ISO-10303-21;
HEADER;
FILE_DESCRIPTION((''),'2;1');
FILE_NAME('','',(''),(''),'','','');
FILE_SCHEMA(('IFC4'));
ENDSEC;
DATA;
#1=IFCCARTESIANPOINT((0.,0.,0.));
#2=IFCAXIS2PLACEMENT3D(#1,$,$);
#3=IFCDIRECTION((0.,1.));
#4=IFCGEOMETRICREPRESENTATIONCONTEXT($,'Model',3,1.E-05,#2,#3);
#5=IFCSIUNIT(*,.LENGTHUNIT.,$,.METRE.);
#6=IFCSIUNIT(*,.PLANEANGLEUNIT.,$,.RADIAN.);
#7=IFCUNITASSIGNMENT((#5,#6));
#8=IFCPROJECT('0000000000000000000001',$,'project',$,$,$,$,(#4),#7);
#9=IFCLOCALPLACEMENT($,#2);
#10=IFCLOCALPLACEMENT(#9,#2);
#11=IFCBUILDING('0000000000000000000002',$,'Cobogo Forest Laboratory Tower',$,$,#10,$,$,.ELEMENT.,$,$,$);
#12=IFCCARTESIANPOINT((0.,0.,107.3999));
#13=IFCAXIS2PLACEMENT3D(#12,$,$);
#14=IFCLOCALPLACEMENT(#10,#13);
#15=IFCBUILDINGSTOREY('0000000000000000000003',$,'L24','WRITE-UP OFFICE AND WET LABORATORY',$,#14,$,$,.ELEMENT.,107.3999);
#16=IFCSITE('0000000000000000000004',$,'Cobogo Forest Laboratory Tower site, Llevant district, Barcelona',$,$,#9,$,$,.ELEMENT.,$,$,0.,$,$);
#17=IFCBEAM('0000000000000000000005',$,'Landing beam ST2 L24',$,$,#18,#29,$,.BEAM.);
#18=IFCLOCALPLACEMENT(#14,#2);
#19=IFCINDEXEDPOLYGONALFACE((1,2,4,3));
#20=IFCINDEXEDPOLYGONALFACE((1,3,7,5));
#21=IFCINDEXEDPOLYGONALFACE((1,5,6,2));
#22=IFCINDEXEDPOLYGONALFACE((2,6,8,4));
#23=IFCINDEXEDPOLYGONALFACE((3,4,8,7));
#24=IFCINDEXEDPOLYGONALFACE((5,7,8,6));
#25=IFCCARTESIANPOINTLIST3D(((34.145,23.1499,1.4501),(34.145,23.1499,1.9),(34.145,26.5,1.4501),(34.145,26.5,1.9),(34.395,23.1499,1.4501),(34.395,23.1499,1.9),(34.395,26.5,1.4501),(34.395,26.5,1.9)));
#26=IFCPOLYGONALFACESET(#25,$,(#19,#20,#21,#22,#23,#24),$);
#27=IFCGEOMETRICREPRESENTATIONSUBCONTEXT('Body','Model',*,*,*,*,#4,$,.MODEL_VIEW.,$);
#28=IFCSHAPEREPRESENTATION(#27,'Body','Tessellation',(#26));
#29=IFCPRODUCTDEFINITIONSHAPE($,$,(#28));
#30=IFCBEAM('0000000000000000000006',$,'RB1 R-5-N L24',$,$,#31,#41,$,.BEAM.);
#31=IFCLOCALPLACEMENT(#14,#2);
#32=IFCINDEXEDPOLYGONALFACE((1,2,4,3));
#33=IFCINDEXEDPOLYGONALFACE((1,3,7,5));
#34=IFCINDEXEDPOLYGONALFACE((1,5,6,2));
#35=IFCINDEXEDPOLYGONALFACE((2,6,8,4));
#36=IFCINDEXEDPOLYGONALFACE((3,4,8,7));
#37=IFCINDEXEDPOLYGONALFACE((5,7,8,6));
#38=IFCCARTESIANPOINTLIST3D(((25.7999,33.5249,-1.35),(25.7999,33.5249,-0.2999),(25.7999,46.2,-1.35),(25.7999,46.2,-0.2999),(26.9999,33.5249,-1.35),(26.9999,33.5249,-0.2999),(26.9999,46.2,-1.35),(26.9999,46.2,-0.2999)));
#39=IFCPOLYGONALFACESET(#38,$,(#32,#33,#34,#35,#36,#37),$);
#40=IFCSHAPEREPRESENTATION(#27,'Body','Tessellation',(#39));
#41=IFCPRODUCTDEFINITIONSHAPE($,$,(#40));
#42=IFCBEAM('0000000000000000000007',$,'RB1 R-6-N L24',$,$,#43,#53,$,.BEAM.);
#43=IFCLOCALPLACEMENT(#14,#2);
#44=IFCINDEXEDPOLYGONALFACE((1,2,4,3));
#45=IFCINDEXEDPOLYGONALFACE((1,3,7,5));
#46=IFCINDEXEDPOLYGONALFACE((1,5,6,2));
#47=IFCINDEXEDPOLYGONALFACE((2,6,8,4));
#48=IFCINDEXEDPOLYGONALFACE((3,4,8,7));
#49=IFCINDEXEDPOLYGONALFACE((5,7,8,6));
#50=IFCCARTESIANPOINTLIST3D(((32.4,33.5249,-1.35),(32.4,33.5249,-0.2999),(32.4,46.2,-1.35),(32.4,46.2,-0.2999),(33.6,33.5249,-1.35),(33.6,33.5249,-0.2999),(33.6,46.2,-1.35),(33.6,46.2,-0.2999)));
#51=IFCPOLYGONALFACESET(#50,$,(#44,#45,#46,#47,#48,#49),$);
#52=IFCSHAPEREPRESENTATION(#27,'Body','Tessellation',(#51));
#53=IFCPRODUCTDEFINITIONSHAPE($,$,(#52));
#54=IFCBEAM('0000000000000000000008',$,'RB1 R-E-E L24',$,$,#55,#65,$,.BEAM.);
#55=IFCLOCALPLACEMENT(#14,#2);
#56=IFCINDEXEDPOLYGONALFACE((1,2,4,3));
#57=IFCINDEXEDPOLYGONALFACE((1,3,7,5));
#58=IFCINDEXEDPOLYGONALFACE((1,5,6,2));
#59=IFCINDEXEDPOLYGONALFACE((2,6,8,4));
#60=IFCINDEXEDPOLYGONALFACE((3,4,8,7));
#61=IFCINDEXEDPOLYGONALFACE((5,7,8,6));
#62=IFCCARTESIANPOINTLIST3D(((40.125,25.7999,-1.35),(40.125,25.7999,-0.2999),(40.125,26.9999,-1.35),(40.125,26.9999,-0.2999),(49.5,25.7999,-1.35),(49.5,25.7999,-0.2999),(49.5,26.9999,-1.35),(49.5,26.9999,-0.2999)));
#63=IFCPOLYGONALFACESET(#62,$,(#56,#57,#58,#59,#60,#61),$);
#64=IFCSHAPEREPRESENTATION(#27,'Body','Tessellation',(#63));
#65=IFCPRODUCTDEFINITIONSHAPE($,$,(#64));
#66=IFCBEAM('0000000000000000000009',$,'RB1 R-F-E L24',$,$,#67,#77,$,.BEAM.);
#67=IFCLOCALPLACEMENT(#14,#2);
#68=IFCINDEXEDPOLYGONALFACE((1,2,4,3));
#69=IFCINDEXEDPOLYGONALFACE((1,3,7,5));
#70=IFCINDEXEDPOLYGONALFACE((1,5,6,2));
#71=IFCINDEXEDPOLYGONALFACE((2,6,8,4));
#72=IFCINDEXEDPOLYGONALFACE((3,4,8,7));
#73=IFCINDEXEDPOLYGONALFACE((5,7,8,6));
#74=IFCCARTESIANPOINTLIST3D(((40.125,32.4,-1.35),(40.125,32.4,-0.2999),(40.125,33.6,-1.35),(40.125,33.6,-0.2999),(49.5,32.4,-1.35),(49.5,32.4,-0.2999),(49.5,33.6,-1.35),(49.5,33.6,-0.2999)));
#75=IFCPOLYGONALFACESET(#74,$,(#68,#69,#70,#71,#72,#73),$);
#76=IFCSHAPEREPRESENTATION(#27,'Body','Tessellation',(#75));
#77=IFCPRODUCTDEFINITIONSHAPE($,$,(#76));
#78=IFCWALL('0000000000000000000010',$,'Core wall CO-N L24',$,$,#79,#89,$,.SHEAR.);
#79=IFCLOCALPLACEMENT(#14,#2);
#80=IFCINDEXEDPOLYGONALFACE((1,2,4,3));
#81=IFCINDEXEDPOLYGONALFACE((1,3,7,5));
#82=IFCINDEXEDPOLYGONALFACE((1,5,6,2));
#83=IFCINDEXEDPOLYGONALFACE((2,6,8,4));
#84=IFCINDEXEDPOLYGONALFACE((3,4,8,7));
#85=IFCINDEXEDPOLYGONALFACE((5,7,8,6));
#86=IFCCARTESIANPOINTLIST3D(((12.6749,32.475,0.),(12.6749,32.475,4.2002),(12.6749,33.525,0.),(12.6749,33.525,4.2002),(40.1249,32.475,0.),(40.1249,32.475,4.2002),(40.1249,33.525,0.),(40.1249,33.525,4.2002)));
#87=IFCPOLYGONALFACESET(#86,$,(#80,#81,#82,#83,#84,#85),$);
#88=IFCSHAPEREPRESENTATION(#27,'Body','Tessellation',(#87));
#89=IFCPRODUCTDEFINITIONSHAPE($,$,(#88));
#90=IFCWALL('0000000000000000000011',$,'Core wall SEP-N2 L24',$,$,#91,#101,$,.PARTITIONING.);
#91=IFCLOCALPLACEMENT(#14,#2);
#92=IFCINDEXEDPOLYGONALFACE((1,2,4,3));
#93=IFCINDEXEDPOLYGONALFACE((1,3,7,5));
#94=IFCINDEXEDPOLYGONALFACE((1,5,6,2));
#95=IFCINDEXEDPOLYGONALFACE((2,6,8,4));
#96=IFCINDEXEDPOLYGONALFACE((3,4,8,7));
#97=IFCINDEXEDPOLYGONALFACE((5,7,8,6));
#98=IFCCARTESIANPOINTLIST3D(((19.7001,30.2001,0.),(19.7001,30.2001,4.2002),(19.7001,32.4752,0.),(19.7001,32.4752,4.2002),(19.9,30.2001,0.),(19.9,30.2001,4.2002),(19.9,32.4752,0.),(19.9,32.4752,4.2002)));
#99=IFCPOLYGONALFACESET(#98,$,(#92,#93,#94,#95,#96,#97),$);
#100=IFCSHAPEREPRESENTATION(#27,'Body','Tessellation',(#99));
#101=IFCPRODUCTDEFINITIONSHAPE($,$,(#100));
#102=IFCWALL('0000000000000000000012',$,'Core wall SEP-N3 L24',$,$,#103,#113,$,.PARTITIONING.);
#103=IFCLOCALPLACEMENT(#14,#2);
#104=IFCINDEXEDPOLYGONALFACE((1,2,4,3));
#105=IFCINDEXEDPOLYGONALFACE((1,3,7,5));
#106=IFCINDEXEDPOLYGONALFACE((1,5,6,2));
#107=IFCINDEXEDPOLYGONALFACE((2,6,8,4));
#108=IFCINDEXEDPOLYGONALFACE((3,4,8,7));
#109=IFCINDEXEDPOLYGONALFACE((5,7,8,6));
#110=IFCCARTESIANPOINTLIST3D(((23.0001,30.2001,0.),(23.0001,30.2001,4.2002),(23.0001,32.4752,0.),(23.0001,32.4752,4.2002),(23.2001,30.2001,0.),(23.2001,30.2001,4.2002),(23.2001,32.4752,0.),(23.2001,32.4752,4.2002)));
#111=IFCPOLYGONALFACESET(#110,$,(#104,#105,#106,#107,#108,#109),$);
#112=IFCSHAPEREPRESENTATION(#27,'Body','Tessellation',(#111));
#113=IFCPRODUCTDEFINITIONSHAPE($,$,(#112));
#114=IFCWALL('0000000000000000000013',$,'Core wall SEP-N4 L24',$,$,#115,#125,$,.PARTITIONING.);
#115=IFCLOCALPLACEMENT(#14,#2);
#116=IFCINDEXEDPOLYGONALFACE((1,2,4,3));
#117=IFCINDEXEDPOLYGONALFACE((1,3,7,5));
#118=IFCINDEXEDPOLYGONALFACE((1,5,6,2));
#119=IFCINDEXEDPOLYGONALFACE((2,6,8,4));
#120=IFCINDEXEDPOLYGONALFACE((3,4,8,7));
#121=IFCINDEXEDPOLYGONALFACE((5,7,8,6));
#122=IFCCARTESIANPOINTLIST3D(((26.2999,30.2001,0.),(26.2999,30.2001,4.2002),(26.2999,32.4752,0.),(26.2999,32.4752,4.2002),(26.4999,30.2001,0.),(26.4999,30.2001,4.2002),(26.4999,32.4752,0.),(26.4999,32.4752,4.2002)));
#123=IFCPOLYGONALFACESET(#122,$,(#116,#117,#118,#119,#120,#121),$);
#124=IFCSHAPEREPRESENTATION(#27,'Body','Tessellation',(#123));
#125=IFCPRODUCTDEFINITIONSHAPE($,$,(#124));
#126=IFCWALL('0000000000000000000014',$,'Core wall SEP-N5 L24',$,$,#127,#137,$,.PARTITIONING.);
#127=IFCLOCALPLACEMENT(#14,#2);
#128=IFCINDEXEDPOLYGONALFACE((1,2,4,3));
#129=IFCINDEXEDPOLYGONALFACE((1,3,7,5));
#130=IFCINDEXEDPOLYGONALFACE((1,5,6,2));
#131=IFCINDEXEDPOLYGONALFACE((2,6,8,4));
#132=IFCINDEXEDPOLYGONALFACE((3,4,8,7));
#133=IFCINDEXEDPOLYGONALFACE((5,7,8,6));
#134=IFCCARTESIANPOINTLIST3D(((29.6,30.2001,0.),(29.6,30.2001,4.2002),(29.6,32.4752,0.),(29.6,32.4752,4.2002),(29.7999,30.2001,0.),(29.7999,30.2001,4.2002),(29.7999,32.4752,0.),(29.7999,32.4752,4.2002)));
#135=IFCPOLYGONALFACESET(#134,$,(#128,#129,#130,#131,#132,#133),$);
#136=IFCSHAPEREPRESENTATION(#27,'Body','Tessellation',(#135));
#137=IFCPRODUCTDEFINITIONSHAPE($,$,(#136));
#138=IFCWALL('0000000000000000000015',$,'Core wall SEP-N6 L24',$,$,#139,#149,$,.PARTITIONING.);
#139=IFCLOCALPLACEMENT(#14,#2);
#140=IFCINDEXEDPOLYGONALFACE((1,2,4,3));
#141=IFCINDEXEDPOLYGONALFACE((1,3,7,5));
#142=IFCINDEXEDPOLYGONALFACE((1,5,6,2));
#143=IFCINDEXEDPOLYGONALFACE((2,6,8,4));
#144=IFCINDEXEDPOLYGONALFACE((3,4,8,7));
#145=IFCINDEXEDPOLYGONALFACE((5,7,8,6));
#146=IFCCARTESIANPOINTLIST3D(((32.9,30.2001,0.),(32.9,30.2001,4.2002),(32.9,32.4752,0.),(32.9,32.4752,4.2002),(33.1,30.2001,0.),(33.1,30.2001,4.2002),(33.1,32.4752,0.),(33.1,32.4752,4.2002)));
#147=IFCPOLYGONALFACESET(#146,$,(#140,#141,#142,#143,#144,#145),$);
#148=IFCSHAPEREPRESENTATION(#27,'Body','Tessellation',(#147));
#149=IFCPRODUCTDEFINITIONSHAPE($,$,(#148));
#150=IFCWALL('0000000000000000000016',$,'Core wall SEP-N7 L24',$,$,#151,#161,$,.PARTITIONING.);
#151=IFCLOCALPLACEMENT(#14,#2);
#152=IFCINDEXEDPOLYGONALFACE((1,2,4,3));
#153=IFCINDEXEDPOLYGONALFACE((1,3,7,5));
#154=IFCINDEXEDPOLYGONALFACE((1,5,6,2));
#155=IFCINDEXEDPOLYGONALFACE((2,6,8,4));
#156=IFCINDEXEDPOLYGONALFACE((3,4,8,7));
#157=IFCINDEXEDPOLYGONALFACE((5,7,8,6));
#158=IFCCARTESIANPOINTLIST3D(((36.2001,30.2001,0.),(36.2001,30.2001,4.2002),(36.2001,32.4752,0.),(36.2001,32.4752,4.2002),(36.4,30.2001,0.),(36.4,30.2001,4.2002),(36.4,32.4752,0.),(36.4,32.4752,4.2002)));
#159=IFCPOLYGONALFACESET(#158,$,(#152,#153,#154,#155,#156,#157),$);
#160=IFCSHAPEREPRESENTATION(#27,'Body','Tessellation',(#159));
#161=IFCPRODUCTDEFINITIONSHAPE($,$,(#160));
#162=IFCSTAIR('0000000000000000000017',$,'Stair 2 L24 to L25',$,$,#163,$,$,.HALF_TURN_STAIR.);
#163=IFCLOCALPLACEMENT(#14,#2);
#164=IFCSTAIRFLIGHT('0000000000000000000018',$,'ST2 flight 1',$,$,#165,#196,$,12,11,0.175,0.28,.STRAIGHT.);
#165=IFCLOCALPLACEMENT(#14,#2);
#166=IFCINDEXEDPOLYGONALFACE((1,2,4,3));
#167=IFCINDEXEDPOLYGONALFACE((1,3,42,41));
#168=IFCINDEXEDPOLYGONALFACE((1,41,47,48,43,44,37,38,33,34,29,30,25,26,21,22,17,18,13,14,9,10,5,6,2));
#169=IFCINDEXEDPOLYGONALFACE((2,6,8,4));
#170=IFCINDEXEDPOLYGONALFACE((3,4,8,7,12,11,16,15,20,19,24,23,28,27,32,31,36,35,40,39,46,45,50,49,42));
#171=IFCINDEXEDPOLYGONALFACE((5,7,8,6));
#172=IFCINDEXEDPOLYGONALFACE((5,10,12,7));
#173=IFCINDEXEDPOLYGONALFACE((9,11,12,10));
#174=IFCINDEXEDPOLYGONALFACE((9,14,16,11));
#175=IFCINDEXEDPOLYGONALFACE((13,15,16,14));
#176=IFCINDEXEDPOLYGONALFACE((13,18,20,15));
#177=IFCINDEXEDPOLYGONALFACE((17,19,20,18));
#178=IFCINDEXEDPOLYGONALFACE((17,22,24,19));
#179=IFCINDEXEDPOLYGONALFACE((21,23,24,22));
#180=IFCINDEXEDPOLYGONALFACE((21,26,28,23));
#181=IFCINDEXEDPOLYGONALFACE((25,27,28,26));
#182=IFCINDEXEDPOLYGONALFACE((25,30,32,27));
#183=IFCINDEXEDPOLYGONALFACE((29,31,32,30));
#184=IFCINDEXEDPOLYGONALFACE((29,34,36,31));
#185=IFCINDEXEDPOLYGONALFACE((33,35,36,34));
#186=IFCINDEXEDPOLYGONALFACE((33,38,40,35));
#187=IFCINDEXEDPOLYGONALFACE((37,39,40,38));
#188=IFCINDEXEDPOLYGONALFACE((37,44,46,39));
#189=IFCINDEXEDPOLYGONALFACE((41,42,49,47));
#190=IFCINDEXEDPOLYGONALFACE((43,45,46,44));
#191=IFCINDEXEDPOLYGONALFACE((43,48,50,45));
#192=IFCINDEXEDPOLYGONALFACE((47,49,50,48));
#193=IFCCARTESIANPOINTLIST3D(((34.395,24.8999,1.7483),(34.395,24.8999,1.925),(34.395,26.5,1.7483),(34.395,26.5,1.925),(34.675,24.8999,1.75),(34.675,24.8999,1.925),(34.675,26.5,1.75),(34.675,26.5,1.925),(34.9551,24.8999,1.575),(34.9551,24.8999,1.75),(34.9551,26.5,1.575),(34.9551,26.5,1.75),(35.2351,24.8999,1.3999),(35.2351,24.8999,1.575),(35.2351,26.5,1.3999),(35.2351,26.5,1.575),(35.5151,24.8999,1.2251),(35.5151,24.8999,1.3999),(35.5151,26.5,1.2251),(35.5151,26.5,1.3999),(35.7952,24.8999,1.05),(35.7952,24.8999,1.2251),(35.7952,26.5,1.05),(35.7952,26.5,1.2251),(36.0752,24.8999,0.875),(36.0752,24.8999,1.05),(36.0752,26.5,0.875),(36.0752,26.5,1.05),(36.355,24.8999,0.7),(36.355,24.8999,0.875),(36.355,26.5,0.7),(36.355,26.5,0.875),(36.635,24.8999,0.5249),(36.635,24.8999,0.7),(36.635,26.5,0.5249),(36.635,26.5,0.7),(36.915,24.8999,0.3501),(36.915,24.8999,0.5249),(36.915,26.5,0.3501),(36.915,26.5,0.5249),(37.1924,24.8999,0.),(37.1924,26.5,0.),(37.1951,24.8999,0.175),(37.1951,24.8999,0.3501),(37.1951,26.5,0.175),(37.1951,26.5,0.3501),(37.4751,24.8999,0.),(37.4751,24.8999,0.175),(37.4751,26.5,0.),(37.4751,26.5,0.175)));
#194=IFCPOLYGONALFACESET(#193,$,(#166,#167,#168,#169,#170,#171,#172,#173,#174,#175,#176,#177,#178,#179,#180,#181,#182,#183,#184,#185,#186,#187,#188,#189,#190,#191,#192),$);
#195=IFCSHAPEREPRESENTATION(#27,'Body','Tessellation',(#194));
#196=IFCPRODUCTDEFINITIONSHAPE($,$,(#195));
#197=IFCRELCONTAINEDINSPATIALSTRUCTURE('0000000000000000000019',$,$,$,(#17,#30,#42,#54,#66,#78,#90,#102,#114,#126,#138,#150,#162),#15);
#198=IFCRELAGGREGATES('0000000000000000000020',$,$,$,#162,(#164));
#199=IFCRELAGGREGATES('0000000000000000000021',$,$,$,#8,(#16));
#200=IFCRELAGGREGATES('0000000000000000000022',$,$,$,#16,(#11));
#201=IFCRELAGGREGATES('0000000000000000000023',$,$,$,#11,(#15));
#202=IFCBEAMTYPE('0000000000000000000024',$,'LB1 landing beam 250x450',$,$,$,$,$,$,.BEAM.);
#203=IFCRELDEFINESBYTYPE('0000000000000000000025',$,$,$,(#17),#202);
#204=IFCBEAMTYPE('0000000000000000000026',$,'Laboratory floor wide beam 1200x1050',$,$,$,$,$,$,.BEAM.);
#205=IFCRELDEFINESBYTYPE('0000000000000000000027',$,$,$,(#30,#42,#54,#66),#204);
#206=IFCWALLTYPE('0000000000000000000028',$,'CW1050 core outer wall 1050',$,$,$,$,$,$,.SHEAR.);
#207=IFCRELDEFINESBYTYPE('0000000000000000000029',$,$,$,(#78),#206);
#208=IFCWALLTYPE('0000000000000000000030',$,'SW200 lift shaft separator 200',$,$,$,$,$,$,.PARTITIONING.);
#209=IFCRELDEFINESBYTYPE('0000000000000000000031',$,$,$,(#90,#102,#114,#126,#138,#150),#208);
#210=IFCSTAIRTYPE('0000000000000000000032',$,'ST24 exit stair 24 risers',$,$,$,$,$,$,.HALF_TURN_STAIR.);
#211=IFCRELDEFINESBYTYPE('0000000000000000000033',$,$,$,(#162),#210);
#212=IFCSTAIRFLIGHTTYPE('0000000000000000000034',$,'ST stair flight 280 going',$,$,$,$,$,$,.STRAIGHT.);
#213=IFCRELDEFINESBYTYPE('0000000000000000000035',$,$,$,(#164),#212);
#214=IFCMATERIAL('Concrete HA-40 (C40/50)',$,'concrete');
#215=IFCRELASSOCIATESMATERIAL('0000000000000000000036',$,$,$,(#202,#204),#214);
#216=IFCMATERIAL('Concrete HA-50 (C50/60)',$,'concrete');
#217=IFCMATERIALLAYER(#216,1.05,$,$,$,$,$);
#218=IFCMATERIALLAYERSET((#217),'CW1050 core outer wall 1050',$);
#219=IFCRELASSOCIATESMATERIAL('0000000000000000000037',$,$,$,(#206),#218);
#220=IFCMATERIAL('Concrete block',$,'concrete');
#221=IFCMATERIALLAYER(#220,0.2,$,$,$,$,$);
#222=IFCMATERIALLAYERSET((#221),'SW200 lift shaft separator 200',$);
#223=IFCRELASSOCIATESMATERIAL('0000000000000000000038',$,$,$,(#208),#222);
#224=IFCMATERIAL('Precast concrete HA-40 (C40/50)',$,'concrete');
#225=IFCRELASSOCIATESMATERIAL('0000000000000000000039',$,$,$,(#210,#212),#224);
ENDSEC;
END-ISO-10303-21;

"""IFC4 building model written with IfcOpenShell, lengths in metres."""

from ifc_helpers import new_model, si_unit, direction, frame, frame_2d, origin, origin_2d, place, context, subcontext, project, spatial, polyline, rectangle, outline, extrude, material, layer, layer_set, material_profile, profile_set, type_object, element, aggregate, save


model = new_model("IFC4")

# Units and contexts
model_context = context("Model", 3, precision=1e-05, world=origin(), true_north=direction((0.0, 1.0)))
body_context = subcontext(model_context, "Body", "Model", "MODEL_VIEW")
ifc_project = project(units=[si_unit("LENGTHUNIT", "METRE"), si_unit("PLANEANGLEUNIT", "RADIAN")], contexts=[model_context])

# Site, building, storey
site_placement = place(None, origin())
site = spatial("IfcSite", under=ifc_project, at=site_placement, Name="Cobogo Forest Laboratory Tower site, Llevant district, Barcelona", CompositionType="ELEMENT", RefElevation=0.0)
building_placement = place(site_placement, origin())
building = spatial("IfcBuilding", under=site, at=building_placement, Name="Cobogo Forest Laboratory Tower", CompositionType="ELEMENT")
storey_placement = place(building_placement, frame((0.0, 0.0, 107.3999)))
storey = spatial("IfcBuildingStorey", under=building, at=storey_placement, Name="L24", Description="WRITE-UP OFFICE AND WET LABORATORY", CompositionType="ELEMENT", Elevation=107.3999)

# Beams
ifc_material_1 = material(Name="Concrete HA-40 (C40/50)", Category="concrete")
ifc_material_profile_1 = material_profile(ifc_material_1, rectangle(XDim=0.25, YDim=0.45, at=origin_2d()), Name="RC 250x450")
ifc_profile_set_1 = profile_set([ifc_material_profile_1], Name="Concrete HA-40 (C40/50)")
beam_type_1 = type_object("IfcBeamType", Name="LB1 landing beam 250x450", PredefinedType="BEAM", material=ifc_profile_set_1)
beam_placement = place(storey_placement, frame((34.27, 23.1499, 1.675), z_axis=(0.0, 1.0, 0.0), x_axis=(-1.0, 0.0, 0.0)))
element("IfcBeam", 1, at=beam_placement, inside=storey, type_object=beam_type_1, Name="Landing beam ST2 L24", PredefinedType="BEAM", context=body_context, shape_type="SweptSolid", body=[
    extrude(rectangle(XDim=0.25, YDim=0.45, at=origin_2d()), origin(), (0.0, 0.0, 1.0), 3.3501),
])
ifc_material_profile_2 = material_profile(ifc_material_1, rectangle(XDim=1.2, YDim=1.05, at=origin_2d()), Name="RC 1200x1050")
ifc_profile_set_2 = profile_set([ifc_material_profile_2], Name="Concrete HA-40 (C40/50)")
beam_type_2 = type_object("IfcBeamType", Name="Laboratory floor wide beam 1200x1050", PredefinedType="BEAM", material=ifc_profile_set_2)
for number, where, z_axis, x_axis, name in (
    (2, (26.3999, 33.5249, -0.825), (0.0, 1.0, 0.0), (-1.0, 0.0, 0.0), "RB1 R-5-N L24"),
    (3, (33.0, 33.5249, -0.825), (0.0, 1.0, 0.0), (-1.0, 0.0, 0.0), "RB1 R-6-N L24"),
):
    element("IfcBeam", number, at=place(storey_placement, frame(where, z_axis=z_axis, x_axis=x_axis)), inside=storey, type_object=beam_type_2, Name=name, PredefinedType="BEAM", context=body_context, shape_type="SweptSolid", body=[
        extrude(rectangle(XDim=1.2, YDim=1.05, at=origin_2d()), origin(), (0.0, 0.0, 1.0), 12.675),
    ])
for number, where, z_axis, x_axis, name in (
    (4, (40.125, 26.3999, -0.825), (1.0, 0.0, 0.0), (0.0, 1.0, 0.0), "RB1 R-E-E L24"),
    (5, (40.125, 33.0, -0.825), (1.0, 0.0, 0.0), (0.0, 1.0, 0.0), "RB1 R-F-E L24"),
):
    element("IfcBeam", number, at=place(storey_placement, frame(where, z_axis=z_axis, x_axis=x_axis)), inside=storey, type_object=beam_type_2, Name=name, PredefinedType="BEAM", context=body_context, shape_type="SweptSolid", body=[
        extrude(rectangle(XDim=1.2, YDim=1.05, at=origin_2d()), origin(), (0.0, 0.0, 1.0), 9.375),
    ])

# Walls
ifc_material_2 = material(Name="Concrete HA-50 (C50/60)", Category="concrete")
ifc_layer_1 = layer(ifc_material_2, 1.05)
ifc_layer_set_1 = layer_set([ifc_layer_1], Name="CW1050 core outer wall 1050")
wall_type_1 = type_object("IfcWallType", Name="CW1050 core outer wall 1050", PredefinedType="SHEAR", material=ifc_layer_set_1)
wall_placement = place(storey_placement, frame((40.125, 33.0, 0.0), z_axis=(0.0, 0.0, 1.0), x_axis=(-1.0, 0.0, 0.0)))
element("IfcWall", 6, at=wall_placement, inside=storey, type_object=wall_type_1, Name="Core wall CO-N L24", PredefinedType="SHEAR", context=body_context, shape_type="SweptSolid", body=[
    extrude(rectangle(XDim=27.45, YDim=1.05, at=frame_2d((13.7251, 0.0))), origin(), (0.0, 0.0, 1.0), 4.2002),
])
ifc_material_3 = material(Name="Concrete block", Category="concrete")
ifc_layer_2 = layer(ifc_material_3, 0.2)
ifc_layer_set_2 = layer_set([ifc_layer_2], Name="SW200 lift shaft separator 200")
wall_type_2 = type_object("IfcWallType", Name="SW200 lift shaft separator 200", PredefinedType="PARTITIONING", material=ifc_layer_set_2)
for number, where, z_axis, x_axis, name in (
    (7, (19.8, 30.2, 0.0), (0.0, 0.0, 1.0), (0.0, 1.0, 0.0), "Core wall SEP-N2 L24"),
    (8, (23.1001, 30.2, 0.0), (0.0, 0.0, 1.0), (0.0, 1.0, 0.0), "Core wall SEP-N3 L24"),
    (9, (26.3999, 30.2, 0.0), (0.0, 0.0, 1.0), (0.0, 1.0, 0.0), "Core wall SEP-N4 L24"),
    (10, (29.7, 30.2, 0.0), (0.0, 0.0, 1.0), (0.0, 1.0, 0.0), "Core wall SEP-N5 L24"),
    (11, (33.0, 30.2, 0.0), (0.0, 0.0, 1.0), (0.0, 1.0, 0.0), "Core wall SEP-N6 L24"),
    (12, (36.3, 30.2, 0.0), (0.0, 0.0, 1.0), (0.0, 1.0, 0.0), "Core wall SEP-N7 L24"),
):
    element("IfcWall", number, at=place(storey_placement, frame(where, z_axis=z_axis, x_axis=x_axis)), inside=storey, type_object=wall_type_2, Name=name, PredefinedType="PARTITIONING", context=body_context, shape_type="SweptSolid", body=[
        extrude(rectangle(XDim=2.2751, YDim=0.2, at=frame_2d((1.1377, 0.0))), origin(), (0.0, 0.0, 1.0), 4.2002),
    ])

# Stair, stair flight
ifc_material_4 = material(Name="Precast concrete HA-40 (C40/50)", Category="concrete")
stair_type = type_object("IfcStairType", Name="ST24 exit stair 24 risers", PredefinedType="HALF_TURN_STAIR", material=ifc_material_4)
stair_placement = place(storey_placement, origin())
stair = element("IfcStair", 13, at=stair_placement, inside=storey, type_object=stair_type, Name="Stair 2 L24 to L25", PredefinedType="HALF_TURN_STAIR")
stair_flight_type = type_object("IfcStairFlightType", Name="ST stair flight 280 going", PredefinedType="STRAIGHT", material=ifc_material_4)
stair_flight_1_placement = place(storey_placement, frame((37.4751, 25.7, 0.0), z_axis=(0.0, 0.0, 1.0), x_axis=(-1.0, 0.0, 0.0)))
stair_flight_1 = element("IfcStairFlight", 14, at=stair_flight_1_placement, type_object=stair_flight_type, Name="ST2 flight 1", NumberOfRisers=12, NumberOfTreads=11, PredefinedType="STRAIGHT", RiserHeight=0.175, TreadLength=0.28, context=body_context, shape_type="SweptSolid", body=[
    extrude(outline(polyline([(0.0, 0.0), (0.0, 0.175), (0.28, 0.175), (0.28, 0.3501), (0.5601, 0.3501), (0.5601, 0.5249), (0.8401, 0.5249), (0.8401, 0.7), (1.1201, 0.7), (1.1201, 0.875), (1.3999, 0.875), (1.3999, 1.05), (1.6799, 1.05), (1.6799, 1.2251), (1.96, 1.2251), (1.96, 1.3999), (2.24, 1.3999), (2.24, 1.575), (2.52, 1.575), (2.52, 1.75), (2.8, 1.75), (2.8, 1.925), (3.0801, 1.925), (3.0801, 2.1001), (3.0801, 1.7483), (0.2827, 0.0), (0.0, 0.0)])), frame((0.0, 0.8, 0.0), z_axis=(0.0, -1.0, 0.0), x_axis=(1.0, 0.0, 0.0)), (0.0, 0.0, 1.0), 1.6001),
])
aggregate(stair, [stair_flight_1])

save(model, "model.ifc")
